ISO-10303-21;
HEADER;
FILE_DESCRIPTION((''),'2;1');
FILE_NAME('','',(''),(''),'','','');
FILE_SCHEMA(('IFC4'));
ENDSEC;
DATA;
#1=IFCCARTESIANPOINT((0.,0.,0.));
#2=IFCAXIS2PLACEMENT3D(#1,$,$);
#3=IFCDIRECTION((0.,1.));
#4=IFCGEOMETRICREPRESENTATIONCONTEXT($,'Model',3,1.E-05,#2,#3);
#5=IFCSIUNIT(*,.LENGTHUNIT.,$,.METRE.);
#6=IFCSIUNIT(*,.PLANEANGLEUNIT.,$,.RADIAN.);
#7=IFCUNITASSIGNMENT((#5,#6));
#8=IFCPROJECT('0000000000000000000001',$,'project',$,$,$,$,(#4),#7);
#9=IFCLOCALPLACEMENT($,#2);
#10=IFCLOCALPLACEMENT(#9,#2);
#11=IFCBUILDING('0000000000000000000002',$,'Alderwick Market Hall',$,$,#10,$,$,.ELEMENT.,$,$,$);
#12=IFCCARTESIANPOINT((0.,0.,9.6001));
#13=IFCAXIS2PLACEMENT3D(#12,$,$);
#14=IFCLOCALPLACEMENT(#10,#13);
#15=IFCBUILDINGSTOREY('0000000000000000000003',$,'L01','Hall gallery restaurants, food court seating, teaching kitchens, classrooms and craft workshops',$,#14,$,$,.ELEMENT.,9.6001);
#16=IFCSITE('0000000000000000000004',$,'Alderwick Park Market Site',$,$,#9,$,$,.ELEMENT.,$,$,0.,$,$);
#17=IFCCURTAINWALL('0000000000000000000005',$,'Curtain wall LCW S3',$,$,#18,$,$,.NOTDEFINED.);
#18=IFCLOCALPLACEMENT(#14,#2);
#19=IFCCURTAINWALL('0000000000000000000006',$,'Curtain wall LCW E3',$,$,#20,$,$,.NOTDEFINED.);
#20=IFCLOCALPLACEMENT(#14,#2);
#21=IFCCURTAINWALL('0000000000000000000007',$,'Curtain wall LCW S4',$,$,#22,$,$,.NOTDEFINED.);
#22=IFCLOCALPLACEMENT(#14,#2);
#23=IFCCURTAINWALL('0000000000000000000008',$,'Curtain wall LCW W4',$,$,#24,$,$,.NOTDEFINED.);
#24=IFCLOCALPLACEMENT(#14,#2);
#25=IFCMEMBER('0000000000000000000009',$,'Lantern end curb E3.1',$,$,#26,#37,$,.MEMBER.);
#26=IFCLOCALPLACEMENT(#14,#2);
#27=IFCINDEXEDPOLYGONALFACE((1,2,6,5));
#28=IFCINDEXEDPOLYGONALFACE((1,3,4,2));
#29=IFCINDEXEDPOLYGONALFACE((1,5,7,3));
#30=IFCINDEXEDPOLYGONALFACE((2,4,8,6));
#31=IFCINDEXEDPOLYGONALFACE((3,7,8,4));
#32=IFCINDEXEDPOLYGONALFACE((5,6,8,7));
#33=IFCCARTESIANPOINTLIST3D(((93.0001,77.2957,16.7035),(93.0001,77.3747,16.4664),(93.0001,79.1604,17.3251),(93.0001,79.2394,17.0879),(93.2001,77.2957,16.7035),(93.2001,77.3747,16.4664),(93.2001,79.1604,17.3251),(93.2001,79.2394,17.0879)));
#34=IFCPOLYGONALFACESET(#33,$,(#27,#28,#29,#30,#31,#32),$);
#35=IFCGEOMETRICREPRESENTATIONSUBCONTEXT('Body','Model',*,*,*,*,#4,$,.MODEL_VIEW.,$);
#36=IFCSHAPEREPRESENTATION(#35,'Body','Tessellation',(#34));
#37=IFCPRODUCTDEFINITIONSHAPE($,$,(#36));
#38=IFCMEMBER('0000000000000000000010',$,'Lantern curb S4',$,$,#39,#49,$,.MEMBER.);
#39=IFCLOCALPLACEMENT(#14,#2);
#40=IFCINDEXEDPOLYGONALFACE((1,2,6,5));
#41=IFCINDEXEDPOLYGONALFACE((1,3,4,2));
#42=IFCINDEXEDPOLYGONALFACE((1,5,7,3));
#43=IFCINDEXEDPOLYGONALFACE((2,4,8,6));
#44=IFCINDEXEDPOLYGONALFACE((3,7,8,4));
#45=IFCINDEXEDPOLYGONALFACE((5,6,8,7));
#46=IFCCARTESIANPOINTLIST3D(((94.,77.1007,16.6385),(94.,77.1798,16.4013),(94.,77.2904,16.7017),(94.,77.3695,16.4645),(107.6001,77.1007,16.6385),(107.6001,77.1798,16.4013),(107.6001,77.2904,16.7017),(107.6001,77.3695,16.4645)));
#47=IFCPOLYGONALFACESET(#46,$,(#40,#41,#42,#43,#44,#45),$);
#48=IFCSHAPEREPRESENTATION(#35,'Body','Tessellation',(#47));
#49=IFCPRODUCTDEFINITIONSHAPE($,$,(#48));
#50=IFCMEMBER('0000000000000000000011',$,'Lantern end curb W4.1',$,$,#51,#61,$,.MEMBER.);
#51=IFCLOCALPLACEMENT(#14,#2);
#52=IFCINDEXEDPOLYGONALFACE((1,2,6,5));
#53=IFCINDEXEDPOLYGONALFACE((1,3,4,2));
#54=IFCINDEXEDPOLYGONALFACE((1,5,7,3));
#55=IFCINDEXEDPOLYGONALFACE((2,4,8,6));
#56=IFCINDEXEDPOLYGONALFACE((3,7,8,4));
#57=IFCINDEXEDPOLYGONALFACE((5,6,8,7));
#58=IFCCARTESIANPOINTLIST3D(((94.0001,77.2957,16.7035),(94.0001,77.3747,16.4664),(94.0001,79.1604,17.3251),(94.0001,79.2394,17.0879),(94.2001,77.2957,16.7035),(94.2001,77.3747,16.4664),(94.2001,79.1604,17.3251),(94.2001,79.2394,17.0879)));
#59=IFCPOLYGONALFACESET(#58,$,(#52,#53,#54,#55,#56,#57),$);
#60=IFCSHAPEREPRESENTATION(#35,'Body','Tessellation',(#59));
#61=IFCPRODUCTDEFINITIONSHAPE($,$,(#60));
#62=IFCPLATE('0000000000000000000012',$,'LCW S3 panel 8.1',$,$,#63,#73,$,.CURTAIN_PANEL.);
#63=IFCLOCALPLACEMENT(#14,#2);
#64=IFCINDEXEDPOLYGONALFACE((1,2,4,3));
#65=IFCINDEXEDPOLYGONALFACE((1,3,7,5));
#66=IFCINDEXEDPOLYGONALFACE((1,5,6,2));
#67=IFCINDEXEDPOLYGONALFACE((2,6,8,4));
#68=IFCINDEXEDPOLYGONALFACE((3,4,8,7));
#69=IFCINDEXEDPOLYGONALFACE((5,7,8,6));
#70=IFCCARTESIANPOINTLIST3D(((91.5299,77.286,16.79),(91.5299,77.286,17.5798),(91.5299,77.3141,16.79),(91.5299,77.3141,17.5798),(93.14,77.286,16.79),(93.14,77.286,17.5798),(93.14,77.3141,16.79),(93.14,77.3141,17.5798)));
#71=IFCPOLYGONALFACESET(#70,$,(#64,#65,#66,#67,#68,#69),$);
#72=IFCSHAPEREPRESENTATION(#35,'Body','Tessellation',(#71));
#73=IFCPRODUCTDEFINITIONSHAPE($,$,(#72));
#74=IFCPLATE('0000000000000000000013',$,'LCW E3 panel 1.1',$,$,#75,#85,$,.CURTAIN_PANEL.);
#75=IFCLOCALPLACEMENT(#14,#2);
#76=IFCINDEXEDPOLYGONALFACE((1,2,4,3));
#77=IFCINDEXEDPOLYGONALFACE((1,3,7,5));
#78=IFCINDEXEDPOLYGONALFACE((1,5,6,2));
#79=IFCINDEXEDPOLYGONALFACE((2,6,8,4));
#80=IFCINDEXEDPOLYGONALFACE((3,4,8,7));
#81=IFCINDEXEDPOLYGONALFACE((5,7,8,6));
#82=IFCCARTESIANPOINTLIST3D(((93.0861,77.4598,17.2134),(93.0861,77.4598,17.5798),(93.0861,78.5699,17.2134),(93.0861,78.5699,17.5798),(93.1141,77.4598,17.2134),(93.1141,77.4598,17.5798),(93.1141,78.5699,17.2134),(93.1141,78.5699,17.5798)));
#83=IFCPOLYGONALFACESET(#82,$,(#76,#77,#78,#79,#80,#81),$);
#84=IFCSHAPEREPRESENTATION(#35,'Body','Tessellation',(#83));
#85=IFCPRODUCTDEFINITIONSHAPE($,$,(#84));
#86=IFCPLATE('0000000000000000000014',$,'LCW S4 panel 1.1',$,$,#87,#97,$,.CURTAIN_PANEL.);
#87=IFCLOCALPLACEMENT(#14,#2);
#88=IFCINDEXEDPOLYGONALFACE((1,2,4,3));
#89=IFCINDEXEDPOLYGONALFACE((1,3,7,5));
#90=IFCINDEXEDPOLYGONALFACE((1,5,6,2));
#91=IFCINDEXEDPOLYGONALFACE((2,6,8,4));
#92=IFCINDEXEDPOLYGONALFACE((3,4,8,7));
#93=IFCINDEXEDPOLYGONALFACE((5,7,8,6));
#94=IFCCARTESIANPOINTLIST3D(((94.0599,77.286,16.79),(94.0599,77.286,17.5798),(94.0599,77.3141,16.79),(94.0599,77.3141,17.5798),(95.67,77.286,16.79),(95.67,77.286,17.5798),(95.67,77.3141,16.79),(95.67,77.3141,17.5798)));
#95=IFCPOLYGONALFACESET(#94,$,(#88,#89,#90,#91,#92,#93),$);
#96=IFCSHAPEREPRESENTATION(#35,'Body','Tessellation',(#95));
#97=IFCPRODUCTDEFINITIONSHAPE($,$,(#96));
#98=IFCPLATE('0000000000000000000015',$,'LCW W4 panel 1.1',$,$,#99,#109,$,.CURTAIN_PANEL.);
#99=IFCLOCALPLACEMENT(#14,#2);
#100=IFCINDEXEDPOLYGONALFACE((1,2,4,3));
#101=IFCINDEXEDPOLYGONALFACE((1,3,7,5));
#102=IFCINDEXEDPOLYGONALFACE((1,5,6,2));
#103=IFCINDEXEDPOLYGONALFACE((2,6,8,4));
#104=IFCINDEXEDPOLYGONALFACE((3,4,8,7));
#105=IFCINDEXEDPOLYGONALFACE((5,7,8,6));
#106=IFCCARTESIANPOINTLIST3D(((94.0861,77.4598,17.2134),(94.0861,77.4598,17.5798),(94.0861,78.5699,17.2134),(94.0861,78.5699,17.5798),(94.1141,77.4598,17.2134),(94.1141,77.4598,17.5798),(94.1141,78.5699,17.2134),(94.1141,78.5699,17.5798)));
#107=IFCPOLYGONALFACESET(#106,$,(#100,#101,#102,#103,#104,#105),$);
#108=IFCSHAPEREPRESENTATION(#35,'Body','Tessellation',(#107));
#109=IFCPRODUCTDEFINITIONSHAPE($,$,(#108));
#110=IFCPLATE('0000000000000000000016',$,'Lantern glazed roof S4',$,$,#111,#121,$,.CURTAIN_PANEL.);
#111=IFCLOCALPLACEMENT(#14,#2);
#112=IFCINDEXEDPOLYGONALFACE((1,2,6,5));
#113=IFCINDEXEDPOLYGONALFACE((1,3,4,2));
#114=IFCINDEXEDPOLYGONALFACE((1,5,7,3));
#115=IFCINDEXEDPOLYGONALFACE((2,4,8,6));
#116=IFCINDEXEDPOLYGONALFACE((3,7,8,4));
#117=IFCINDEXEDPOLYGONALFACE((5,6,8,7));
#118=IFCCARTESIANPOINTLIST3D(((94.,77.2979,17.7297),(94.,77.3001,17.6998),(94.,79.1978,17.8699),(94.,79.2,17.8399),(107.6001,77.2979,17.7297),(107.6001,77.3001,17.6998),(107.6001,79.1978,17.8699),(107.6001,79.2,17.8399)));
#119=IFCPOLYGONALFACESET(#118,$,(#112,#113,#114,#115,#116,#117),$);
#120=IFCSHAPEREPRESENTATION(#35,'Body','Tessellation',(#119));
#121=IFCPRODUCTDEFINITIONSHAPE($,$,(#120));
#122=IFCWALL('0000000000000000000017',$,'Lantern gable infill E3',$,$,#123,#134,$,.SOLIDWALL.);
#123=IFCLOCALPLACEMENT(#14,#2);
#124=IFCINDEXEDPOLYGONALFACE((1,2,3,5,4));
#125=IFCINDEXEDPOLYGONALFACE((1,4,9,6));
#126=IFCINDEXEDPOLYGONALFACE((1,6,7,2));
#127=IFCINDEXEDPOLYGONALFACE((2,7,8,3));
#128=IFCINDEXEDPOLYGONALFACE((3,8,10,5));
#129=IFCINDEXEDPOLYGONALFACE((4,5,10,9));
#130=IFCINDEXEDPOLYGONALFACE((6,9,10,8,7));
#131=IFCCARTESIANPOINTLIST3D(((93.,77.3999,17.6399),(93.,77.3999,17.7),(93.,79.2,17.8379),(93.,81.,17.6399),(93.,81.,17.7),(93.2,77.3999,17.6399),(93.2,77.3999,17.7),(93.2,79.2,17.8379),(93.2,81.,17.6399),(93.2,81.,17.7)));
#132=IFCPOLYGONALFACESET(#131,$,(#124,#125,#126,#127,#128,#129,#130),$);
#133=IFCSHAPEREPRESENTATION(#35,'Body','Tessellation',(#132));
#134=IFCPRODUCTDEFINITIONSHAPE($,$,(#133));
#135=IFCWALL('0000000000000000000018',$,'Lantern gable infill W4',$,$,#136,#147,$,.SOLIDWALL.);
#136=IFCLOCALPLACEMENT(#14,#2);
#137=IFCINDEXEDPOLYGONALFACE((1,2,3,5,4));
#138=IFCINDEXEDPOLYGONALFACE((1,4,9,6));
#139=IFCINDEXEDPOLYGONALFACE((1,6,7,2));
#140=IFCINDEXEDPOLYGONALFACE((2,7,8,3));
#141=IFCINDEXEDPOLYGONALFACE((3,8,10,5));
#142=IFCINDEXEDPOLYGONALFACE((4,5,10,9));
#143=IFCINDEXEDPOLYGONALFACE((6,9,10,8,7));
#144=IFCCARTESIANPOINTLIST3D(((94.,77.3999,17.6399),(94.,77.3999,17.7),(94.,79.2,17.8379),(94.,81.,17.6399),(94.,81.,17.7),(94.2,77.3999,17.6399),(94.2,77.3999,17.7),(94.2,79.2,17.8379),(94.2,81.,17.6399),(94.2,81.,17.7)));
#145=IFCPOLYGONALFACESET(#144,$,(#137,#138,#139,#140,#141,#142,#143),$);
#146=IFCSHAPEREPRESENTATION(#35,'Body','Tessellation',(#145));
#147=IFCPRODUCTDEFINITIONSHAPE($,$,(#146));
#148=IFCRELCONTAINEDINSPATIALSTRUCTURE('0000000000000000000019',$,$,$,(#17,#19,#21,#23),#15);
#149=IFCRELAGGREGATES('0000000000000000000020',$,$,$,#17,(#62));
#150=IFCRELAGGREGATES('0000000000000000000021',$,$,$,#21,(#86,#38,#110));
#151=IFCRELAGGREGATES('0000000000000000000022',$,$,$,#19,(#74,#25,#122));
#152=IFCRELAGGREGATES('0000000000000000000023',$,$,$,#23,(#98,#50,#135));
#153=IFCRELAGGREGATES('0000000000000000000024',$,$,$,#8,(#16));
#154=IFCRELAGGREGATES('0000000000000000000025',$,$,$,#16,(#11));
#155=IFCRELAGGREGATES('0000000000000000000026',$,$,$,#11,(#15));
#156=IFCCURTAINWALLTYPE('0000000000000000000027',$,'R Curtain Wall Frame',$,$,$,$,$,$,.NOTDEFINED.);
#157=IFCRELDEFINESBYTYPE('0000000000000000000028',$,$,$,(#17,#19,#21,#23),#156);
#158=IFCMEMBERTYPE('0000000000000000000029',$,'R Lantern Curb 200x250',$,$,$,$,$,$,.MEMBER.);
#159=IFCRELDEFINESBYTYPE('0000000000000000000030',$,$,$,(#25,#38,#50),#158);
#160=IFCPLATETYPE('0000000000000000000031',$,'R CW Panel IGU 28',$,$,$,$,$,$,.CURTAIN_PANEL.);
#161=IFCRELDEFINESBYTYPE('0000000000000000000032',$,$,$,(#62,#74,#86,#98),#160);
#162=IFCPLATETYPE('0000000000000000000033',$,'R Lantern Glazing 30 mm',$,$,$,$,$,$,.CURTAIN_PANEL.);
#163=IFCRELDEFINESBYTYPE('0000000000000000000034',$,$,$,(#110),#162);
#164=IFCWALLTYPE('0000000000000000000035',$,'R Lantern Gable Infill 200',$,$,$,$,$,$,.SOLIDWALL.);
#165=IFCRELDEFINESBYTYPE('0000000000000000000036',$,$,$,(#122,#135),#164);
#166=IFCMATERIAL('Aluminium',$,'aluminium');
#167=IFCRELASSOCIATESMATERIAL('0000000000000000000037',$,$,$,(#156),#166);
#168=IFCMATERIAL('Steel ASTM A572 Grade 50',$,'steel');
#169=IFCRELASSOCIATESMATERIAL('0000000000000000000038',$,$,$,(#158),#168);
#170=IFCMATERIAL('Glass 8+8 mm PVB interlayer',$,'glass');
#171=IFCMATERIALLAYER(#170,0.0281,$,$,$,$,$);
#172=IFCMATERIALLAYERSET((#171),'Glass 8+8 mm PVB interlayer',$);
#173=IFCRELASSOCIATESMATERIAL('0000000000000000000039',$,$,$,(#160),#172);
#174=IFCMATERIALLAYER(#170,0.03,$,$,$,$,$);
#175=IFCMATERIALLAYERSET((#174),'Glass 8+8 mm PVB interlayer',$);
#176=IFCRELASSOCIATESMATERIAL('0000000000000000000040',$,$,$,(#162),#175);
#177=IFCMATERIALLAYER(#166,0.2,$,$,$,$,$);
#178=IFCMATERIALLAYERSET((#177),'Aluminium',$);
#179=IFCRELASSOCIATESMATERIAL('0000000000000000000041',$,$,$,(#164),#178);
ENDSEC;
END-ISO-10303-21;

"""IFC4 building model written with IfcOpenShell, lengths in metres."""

from ifc_helpers import new_model, si_unit, direction, frame, origin, origin_2d, place, context, subcontext, project, spatial, polyline, rectangle, outline, extrude, material, layer, layer_set, material_profile, profile_set, type_object, element, aggregate, save


model = new_model("IFC4")

# Units and contexts
model_context = context("Model", 3, precision=1e-05, world=origin(), true_north=direction((0.0, 1.0)))
body_context = subcontext(model_context, "Body", "Model", "MODEL_VIEW")
ifc_project = project(units=[si_unit("LENGTHUNIT", "METRE"), si_unit("PLANEANGLEUNIT", "RADIAN")], contexts=[model_context])

# Site, building, storey
site_placement = place(None, origin())
site = spatial("IfcSite", under=ifc_project, at=site_placement, Name="Alderwick Park Market Site", CompositionType="ELEMENT", RefElevation=0.0)
building_placement = place(site_placement, origin())
building = spatial("IfcBuilding", under=site, at=building_placement, Name="Alderwick Market Hall", CompositionType="ELEMENT")
storey_placement = place(building_placement, frame((0.0, 0.0, 9.6001)))
storey = spatial("IfcBuildingStorey", under=building, at=storey_placement, Name="L01", Description="Hall gallery restaurants, food court seating, teaching kitchens, classrooms and craft workshops", CompositionType="ELEMENT", Elevation=9.6001)

# Curtain walls
ifc_material_1 = material(Name="Aluminium", Category="aluminium")
curtain_wall_type = type_object("IfcCurtainWallType", Name="R Curtain Wall Frame", PredefinedType="NOTDEFINED", material=ifc_material_1)
curtain_wall_1_placement = place(storey_placement, origin())
curtain_wall_1 = element("IfcCurtainWall", 1, at=curtain_wall_1_placement, inside=storey, type_object=curtain_wall_type, Name="Curtain wall LCW S3", PredefinedType="NOTDEFINED")
curtain_wall_2_placement = place(storey_placement, origin())
curtain_wall_2 = element("IfcCurtainWall", 2, at=curtain_wall_2_placement, inside=storey, type_object=curtain_wall_type, Name="Curtain wall LCW E3", PredefinedType="NOTDEFINED")
curtain_wall_3_placement = place(storey_placement, origin())
curtain_wall_3 = element("IfcCurtainWall", 3, at=curtain_wall_3_placement, inside=storey, type_object=curtain_wall_type, Name="Curtain wall LCW S4", PredefinedType="NOTDEFINED")
curtain_wall_4_placement = place(storey_placement, origin())
curtain_wall_4 = element("IfcCurtainWall", 4, at=curtain_wall_4_placement, inside=storey, type_object=curtain_wall_type, Name="Curtain wall LCW W4", PredefinedType="NOTDEFINED")

# Members
ifc_material_2 = material(Name="Steel ASTM A572 Grade 50", Category="steel")
ifc_material_profile_1 = material_profile(ifc_material_2, rectangle(XDim=0.2, YDim=0.25, at=origin_2d()), Name="Steel plate curb 200x250")
ifc_profile_set_1 = profile_set([ifc_material_profile_1], Name="Steel ASTM A572 Grade 50")
member_type_1 = type_object("IfcMemberType", Name="R Lantern Curb 200x250", PredefinedType="MEMBER", material=ifc_profile_set_1)
member_1_placement = place(storey_placement, frame((93.1001, 77.3352, 16.585), z_axis=(0.0, 0.948683, 0.316228), x_axis=(-1.0, 0.0, 0.0)))
member_1 = element("IfcMember", 5, at=member_1_placement, type_object=member_type_1, Name="Lantern end curb E3.1", PredefinedType="MEMBER", context=body_context, shape_type="SweptSolid", body=[
    extrude(rectangle(XDim=0.2, YDim=0.25, at=origin_2d()), origin(), (0.0, 0.0, 1.0), 1.9656),
])
member_2_placement = place(storey_placement, frame((94.0, 77.2351, 16.5515), z_axis=(1.0, 0.0, 0.0), x_axis=(0.0, 0.948683, 0.316228)))
member_2 = element("IfcMember", 6, at=member_2_placement, type_object=member_type_1, Name="Lantern curb S4", PredefinedType="MEMBER", context=body_context, shape_type="SweptSolid", body=[
    extrude(rectangle(XDim=0.2, YDim=0.25, at=origin_2d()), origin(), (0.0, 0.0, 1.0), 13.6001),
])
member_3_placement = place(storey_placement, frame((94.1001, 77.3352, 16.585), z_axis=(0.0, 0.948683, 0.316228), x_axis=(-1.0, 0.0, 0.0)))
member_3 = element("IfcMember", 7, at=member_3_placement, type_object=member_type_1, Name="Lantern end curb W4.1", PredefinedType="MEMBER", context=body_context, shape_type="SweptSolid", body=[
    extrude(rectangle(XDim=0.2, YDim=0.25, at=origin_2d()), origin(), (0.0, 0.0, 1.0), 1.9656),
])

# Plates
ifc_material_3 = material(Name="Glass 8+8 mm PVB interlayer", Category="glass")
ifc_layer_1 = layer(ifc_material_3, 0.0281)
ifc_layer_set_1 = layer_set([ifc_layer_1], Name="Glass 8+8 mm PVB interlayer")
plate_type_1 = type_object("IfcPlateType", Name="R CW Panel IGU 28", PredefinedType="CURTAIN_PANEL", material=ifc_layer_set_1)
plate_1_placement = place(storey_placement, frame((92.335, 77.3, 16.79), z_axis=(0.0, 0.0, 1.0), x_axis=(1.0, 0.0, 0.0)))
plate_1 = element("IfcPlate", 8, at=plate_1_placement, type_object=plate_type_1, Name="LCW S3 panel 8.1", PredefinedType="CURTAIN_PANEL", context=body_context, shape_type="SweptSolid", body=[
    extrude(rectangle(XDim=1.6101, YDim=0.0281, at=origin_2d()), origin(), (0.0, 0.0, 1.0), 0.7898),
])
aggregate(curtain_wall_1, [plate_1])
plate_2_placement = place(storey_placement, frame((93.1001, 78.0149, 17.2134), z_axis=(0.0, 0.0, 1.0), x_axis=(1.0, 0.0, 0.0)))
plate_2 = element("IfcPlate", 9, at=plate_2_placement, type_object=plate_type_1, Name="LCW E3 panel 1.1", PredefinedType="CURTAIN_PANEL", context=body_context, shape_type="SweptSolid", body=[
    extrude(rectangle(XDim=0.0281, YDim=1.1101, at=origin_2d()), origin(), (0.0, 0.0, 1.0), 0.3665),
])
plate_3_placement = place(storey_placement, frame((94.865, 77.3, 16.79), z_axis=(0.0, 0.0, 1.0), x_axis=(1.0, 0.0, 0.0)))
plate_3 = element("IfcPlate", 10, at=plate_3_placement, type_object=plate_type_1, Name="LCW S4 panel 1.1", PredefinedType="CURTAIN_PANEL", context=body_context, shape_type="SweptSolid", body=[
    extrude(rectangle(XDim=1.6101, YDim=0.0281, at=origin_2d()), origin(), (0.0, 0.0, 1.0), 0.7898),
])
plate_4_placement = place(storey_placement, frame((94.1001, 78.0149, 17.2134), z_axis=(0.0, 0.0, 1.0), x_axis=(1.0, 0.0, 0.0)))
plate_4 = element("IfcPlate", 11, at=plate_4_placement, type_object=plate_type_1, Name="LCW W4 panel 1.1", PredefinedType="CURTAIN_PANEL", context=body_context, shape_type="SweptSolid", body=[
    extrude(rectangle(XDim=0.0281, YDim=1.1101, at=origin_2d()), origin(), (0.0, 0.0, 1.0), 0.3665),
])
ifc_layer_2 = layer(ifc_material_3, 0.03)
ifc_layer_set_2 = layer_set([ifc_layer_2], Name="Glass 8+8 mm PVB interlayer")
plate_type_2 = type_object("IfcPlateType", Name="R Lantern Glazing 30 mm", PredefinedType="CURTAIN_PANEL", material=ifc_layer_set_2)
plate_5_placement = place(storey_placement, frame((94.0, 77.2979, 17.7297), z_axis=(0.0, -0.07356, 0.997291), x_axis=(1.0, 0.0, 0.0)))
plate_5 = element("IfcPlate", 12, at=plate_5_placement, type_object=plate_type_2, Name="Lantern glazed roof S4", PredefinedType="CURTAIN_PANEL", context=body_context, shape_type="SweptSolid", body=[
    extrude(outline(polyline([(0.0, 0.0), (13.6001, 0.0), (13.6001, 1.9051), (0.0, 1.9051), (0.0, 0.0)])), origin(), (0.0, 0.0, -1.0), 0.03),
])
aggregate(curtain_wall_3, [plate_3, member_2, plate_5])

# Walls
ifc_layer_3 = layer(ifc_material_1, 0.2)
ifc_layer_set_3 = layer_set([ifc_layer_3], Name="Aluminium")
wall_type = type_object("IfcWallType", Name="R Lantern Gable Infill 200", PredefinedType="SOLIDWALL", material=ifc_layer_set_3)
wall_1_placement = place(storey_placement, frame((93.1001, 77.3999, 17.6399), z_axis=(0.0, 0.0, 1.0), x_axis=(0.0, 1.0, 0.0)))
wall_1 = element("IfcWall", 13, at=wall_1_placement, type_object=wall_type, Name="Lantern gable infill E3", PredefinedType="SOLIDWALL", context=body_context, shape_type="SweptSolid", body=[
    extrude(outline(polyline([(0.0, 0.0), (3.6001, 0.0), (3.6001, 0.0601), (1.8, 0.198), (0.0, 0.0601), (0.0, 0.0)])), frame((0.0, 0.1001, 0.0), z_axis=(0.0, -1.0, 0.0), x_axis=(1.0, 0.0, 0.0)), (0.0, 0.0, 1.0), 0.2),
])
aggregate(curtain_wall_2, [plate_2, member_1, wall_1])
wall_2_placement = place(storey_placement, frame((94.1001, 77.3999, 17.6399), z_axis=(0.0, 0.0, 1.0), x_axis=(0.0, 1.0, 0.0)))
wall_2 = element("IfcWall", 14, at=wall_2_placement, type_object=wall_type, Name="Lantern gable infill W4", PredefinedType="SOLIDWALL", context=body_context, shape_type="SweptSolid", body=[
    extrude(outline(polyline([(0.0, 0.0), (3.6001, 0.0), (3.6001, 0.0601), (1.8, 0.198), (0.0, 0.0601), (0.0, 0.0)])), frame((0.0, 0.1001, 0.0), z_axis=(0.0, -1.0, 0.0), x_axis=(1.0, 0.0, 0.0)), (0.0, 0.0, 1.0), 0.2),
])
aggregate(curtain_wall_4, [plate_4, member_3, wall_2])

save(model, "model.ifc")
